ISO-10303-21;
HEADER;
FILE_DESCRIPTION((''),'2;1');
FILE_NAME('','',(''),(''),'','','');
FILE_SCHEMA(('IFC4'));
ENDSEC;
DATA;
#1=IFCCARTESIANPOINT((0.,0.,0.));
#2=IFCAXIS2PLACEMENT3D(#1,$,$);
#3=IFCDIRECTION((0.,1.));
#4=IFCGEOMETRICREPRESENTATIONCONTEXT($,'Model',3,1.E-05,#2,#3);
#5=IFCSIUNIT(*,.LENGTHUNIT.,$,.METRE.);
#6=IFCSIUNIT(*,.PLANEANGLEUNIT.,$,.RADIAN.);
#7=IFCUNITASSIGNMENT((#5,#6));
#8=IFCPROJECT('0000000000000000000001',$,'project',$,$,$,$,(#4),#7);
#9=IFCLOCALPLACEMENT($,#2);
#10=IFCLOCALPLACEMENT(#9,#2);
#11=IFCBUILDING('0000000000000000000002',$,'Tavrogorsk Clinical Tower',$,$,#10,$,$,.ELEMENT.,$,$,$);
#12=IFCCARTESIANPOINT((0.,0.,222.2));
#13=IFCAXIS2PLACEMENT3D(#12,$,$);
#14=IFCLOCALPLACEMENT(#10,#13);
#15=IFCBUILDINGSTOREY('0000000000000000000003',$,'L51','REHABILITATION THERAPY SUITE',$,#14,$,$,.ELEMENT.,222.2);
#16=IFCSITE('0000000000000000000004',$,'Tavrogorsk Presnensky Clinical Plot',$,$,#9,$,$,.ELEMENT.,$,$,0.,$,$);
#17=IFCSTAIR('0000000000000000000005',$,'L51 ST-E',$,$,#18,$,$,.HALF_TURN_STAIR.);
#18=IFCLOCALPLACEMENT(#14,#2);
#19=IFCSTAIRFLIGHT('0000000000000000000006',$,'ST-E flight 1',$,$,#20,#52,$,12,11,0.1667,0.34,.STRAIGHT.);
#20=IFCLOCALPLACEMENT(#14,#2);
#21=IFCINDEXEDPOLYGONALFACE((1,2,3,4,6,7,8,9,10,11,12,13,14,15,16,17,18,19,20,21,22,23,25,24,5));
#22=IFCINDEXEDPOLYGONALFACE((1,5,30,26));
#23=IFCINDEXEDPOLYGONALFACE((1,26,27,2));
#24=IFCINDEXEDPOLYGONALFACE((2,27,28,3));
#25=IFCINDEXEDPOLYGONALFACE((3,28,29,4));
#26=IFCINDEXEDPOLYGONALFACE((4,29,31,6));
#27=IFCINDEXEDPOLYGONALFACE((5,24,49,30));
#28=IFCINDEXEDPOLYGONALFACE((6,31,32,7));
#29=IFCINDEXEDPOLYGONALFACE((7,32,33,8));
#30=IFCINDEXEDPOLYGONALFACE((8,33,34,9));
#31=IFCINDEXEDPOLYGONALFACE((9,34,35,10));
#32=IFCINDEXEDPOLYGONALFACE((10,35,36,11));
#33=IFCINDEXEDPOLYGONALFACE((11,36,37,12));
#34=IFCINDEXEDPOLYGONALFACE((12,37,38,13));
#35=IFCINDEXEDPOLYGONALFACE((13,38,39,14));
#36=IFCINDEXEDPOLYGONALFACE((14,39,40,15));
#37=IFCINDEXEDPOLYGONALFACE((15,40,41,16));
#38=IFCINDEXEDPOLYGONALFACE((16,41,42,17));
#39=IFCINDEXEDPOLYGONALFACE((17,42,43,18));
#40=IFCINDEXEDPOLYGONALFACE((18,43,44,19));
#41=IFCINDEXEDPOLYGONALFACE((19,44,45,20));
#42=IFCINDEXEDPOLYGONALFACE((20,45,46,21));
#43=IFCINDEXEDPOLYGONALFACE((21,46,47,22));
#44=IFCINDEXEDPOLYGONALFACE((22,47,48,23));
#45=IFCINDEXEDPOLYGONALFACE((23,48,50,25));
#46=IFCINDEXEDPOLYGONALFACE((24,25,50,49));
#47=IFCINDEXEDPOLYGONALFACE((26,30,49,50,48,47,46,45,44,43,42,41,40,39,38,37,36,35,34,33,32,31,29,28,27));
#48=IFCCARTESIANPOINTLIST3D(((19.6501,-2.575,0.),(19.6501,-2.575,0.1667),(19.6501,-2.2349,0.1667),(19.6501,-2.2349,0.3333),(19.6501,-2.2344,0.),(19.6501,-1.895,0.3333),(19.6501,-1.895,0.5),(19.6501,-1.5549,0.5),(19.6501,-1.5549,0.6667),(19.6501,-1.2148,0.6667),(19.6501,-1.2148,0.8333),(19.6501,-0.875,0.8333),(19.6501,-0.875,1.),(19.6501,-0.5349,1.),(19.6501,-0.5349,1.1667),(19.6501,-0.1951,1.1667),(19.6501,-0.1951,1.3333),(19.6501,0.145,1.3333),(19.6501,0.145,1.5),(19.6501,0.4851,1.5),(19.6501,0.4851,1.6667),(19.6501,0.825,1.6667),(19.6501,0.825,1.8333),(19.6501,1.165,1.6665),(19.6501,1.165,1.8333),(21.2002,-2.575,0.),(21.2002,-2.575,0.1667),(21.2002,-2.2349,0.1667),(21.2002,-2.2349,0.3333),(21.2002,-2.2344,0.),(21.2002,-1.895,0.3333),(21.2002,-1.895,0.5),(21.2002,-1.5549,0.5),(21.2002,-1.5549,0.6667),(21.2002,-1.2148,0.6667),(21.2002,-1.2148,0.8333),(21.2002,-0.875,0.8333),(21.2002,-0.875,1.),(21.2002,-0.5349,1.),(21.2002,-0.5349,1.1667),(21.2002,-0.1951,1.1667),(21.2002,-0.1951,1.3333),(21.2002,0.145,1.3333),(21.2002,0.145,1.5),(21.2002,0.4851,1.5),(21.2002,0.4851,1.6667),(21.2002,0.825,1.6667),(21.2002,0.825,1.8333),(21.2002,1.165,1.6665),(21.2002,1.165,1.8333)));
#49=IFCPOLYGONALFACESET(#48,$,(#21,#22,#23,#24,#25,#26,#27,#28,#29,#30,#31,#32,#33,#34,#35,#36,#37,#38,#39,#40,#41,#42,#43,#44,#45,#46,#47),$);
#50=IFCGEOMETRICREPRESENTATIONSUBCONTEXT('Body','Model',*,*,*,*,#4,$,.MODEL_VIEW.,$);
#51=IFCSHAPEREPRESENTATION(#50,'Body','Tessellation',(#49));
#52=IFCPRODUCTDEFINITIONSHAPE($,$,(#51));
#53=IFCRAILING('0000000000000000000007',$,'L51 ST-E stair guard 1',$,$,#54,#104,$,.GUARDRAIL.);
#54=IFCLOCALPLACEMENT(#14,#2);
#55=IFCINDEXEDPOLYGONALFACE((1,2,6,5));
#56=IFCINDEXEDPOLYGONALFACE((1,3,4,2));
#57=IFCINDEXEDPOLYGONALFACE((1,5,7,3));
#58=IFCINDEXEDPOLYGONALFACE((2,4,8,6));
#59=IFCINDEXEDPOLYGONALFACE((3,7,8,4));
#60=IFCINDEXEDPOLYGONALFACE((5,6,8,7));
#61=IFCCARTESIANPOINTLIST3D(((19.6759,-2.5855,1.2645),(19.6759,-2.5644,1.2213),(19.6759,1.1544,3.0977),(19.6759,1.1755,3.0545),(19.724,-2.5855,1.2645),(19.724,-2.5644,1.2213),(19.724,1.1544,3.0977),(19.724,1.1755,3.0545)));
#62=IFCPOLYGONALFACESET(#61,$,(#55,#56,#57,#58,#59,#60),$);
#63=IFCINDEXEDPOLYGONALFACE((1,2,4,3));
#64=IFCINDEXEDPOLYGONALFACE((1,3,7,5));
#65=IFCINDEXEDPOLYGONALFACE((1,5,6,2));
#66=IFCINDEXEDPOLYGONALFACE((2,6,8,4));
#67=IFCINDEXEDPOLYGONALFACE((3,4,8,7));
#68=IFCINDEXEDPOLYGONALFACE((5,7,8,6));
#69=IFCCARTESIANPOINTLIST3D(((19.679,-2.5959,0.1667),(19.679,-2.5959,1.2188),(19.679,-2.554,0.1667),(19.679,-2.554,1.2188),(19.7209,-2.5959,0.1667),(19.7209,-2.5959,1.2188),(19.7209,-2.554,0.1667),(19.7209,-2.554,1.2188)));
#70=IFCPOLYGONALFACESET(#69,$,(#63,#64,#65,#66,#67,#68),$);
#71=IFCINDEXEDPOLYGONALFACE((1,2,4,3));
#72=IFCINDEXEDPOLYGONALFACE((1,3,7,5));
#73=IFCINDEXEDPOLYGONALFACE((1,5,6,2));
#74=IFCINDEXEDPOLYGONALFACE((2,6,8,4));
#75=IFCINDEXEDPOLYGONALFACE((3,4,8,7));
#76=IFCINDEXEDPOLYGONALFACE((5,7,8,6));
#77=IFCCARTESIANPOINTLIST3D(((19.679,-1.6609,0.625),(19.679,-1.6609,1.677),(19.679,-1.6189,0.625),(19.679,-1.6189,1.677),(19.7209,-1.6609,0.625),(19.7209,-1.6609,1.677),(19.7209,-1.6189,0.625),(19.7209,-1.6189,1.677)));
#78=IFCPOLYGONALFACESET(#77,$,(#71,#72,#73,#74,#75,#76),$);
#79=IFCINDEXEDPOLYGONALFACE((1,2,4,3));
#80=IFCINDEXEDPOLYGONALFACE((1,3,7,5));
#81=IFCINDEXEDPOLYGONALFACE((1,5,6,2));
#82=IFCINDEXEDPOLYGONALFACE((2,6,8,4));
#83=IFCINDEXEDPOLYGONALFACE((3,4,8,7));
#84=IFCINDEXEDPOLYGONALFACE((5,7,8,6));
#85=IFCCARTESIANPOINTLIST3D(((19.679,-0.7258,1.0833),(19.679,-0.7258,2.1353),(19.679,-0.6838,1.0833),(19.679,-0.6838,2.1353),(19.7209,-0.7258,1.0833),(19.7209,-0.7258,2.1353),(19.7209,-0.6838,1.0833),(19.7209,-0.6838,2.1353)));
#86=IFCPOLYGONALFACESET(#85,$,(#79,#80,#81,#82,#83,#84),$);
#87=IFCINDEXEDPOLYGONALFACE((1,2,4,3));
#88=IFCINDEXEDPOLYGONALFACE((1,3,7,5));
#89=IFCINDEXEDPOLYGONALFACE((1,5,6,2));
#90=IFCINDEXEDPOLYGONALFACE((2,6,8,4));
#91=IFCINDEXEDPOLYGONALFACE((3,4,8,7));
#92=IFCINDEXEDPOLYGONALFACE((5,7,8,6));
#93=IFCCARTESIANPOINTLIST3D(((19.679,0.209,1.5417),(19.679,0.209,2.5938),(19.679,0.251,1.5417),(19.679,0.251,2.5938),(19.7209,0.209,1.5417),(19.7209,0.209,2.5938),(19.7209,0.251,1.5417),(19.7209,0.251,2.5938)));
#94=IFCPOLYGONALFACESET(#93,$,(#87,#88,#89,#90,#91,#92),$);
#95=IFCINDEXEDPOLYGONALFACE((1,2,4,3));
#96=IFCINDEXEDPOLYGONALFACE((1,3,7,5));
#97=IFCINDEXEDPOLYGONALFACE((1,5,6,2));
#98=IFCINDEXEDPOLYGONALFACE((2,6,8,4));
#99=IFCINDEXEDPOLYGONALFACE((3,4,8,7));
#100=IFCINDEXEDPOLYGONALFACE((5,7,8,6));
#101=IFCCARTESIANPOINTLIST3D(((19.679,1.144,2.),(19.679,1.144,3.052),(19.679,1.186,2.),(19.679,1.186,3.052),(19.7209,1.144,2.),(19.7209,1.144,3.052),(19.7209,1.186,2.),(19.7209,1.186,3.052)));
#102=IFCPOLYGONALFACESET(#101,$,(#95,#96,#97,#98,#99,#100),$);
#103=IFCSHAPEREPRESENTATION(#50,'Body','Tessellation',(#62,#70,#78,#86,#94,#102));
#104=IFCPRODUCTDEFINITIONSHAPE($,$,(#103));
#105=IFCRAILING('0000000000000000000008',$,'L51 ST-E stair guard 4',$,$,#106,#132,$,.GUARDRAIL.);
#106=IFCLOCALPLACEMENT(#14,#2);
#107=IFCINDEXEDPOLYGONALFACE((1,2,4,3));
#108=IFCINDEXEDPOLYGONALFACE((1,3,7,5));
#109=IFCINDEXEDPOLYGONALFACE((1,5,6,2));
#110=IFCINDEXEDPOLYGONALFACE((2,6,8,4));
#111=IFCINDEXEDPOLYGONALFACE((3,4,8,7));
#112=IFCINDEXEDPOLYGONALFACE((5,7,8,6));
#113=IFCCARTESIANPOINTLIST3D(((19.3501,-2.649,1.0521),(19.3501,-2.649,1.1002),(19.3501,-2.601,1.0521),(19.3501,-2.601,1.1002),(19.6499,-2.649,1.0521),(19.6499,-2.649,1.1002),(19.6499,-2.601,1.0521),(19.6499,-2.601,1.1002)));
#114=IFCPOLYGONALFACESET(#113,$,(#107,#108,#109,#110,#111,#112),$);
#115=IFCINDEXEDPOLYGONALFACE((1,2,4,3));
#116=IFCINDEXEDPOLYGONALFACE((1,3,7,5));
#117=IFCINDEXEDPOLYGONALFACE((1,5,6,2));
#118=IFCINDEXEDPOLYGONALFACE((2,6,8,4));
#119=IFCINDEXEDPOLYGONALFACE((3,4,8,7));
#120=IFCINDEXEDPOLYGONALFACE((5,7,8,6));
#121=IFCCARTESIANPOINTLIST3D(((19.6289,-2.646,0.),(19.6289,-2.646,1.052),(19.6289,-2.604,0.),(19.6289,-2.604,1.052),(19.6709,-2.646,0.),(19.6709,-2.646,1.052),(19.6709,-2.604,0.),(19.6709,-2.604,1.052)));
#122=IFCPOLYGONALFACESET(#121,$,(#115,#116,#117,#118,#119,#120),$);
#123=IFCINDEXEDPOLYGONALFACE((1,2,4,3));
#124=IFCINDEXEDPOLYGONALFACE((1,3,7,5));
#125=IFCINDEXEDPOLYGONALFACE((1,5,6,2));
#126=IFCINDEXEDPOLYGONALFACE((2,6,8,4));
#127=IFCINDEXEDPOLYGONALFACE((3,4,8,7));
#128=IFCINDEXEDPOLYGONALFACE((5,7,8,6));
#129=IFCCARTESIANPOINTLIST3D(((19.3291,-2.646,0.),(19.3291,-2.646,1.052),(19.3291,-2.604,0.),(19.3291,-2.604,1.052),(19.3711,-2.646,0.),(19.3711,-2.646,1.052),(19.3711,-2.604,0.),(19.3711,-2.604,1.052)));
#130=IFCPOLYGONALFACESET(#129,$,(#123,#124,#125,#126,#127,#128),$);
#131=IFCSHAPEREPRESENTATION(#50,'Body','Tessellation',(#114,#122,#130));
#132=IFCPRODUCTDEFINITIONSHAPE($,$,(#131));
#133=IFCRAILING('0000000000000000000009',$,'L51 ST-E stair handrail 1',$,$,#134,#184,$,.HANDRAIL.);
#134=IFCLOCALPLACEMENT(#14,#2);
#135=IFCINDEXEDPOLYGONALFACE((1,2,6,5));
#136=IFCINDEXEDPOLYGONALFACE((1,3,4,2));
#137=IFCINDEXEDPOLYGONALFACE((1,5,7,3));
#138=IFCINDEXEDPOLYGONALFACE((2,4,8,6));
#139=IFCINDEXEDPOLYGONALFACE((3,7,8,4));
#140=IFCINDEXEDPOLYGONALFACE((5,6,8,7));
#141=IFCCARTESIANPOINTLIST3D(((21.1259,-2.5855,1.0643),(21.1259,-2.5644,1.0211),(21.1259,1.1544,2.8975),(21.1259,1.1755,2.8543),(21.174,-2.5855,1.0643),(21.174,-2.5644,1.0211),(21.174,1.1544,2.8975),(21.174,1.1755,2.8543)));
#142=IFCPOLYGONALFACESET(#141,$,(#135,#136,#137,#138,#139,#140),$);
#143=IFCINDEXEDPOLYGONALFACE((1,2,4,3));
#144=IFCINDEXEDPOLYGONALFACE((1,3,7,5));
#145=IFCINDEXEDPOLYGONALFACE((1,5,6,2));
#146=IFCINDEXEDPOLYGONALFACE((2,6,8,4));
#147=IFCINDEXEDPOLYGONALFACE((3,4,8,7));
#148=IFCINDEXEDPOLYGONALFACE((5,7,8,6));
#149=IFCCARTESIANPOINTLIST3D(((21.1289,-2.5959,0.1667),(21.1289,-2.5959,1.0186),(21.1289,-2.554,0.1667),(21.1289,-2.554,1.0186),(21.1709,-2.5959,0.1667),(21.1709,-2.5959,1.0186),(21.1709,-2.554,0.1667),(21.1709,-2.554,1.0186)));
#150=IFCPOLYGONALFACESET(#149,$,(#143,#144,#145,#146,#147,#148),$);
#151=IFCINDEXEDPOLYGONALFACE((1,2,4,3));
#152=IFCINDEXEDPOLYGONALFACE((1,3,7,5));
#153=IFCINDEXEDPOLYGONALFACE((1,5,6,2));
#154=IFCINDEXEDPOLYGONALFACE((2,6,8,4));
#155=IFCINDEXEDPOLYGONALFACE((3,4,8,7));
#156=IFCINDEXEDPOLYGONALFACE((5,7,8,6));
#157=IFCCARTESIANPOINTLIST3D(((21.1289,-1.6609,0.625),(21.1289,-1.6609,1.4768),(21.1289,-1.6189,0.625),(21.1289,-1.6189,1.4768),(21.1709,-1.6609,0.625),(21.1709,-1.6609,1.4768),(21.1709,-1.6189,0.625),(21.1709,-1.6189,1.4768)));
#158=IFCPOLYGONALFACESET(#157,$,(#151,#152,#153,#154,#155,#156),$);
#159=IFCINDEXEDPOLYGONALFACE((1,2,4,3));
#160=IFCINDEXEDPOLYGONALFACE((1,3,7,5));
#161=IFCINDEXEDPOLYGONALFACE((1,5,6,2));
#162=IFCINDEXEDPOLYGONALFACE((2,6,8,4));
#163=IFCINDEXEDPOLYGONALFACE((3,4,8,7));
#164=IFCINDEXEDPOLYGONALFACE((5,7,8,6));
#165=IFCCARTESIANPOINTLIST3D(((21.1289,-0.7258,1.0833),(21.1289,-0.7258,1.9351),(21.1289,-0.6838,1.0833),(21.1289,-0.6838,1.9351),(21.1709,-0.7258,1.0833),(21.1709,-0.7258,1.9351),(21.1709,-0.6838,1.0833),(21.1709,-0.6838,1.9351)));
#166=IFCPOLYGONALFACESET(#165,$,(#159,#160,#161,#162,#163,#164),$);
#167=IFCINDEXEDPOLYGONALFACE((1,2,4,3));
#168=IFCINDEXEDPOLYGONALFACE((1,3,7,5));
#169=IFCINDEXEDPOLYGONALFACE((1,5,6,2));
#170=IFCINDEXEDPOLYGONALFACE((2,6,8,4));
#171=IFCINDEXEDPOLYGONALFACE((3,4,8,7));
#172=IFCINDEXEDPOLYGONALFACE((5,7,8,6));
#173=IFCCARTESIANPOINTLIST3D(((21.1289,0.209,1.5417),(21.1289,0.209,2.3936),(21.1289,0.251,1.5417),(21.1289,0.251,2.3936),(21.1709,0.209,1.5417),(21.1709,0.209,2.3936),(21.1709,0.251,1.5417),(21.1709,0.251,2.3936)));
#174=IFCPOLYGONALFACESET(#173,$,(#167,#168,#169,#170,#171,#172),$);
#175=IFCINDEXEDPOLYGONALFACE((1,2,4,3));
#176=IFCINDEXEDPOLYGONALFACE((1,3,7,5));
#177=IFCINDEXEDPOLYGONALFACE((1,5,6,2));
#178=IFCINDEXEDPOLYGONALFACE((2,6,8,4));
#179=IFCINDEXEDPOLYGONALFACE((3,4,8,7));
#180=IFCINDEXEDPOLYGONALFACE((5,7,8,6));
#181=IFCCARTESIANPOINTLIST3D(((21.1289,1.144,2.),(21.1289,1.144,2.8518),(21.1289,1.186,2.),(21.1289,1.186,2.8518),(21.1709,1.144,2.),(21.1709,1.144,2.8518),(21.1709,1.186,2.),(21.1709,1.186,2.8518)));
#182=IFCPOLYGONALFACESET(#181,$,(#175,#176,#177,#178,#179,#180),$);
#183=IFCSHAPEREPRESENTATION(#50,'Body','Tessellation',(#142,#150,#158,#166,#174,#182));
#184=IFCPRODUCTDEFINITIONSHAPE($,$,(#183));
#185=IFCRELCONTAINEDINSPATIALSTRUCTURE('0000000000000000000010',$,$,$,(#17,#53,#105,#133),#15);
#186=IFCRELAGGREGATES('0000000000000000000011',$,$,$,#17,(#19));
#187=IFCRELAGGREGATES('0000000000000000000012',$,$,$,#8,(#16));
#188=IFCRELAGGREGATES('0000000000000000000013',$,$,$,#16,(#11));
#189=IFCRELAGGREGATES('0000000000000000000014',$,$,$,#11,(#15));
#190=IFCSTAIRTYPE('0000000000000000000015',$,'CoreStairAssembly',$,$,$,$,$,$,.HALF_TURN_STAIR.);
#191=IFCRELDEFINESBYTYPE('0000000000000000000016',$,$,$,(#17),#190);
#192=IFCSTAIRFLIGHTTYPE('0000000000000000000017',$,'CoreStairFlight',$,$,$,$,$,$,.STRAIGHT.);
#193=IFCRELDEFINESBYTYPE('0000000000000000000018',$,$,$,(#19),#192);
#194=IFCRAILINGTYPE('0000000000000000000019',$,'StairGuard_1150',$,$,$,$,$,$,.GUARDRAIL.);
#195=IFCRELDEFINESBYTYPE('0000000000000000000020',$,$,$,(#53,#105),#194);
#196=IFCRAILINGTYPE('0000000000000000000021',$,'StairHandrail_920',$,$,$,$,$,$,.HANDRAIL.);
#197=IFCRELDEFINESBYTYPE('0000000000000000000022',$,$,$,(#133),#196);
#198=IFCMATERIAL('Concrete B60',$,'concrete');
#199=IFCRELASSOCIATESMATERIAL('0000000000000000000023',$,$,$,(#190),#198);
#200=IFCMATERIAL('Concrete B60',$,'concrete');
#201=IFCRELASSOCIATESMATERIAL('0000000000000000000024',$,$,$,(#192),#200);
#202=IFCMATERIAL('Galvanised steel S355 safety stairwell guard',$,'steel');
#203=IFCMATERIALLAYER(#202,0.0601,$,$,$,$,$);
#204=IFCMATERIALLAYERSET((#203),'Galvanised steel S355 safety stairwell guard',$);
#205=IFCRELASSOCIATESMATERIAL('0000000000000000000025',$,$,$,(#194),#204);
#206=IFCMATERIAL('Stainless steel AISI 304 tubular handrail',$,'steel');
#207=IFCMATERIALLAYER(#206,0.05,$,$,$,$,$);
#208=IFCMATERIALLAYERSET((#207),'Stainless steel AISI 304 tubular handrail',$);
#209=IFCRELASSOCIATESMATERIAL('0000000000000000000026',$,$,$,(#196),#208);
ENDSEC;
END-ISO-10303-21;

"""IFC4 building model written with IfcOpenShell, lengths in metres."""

from ifc_helpers import new_model, si_unit, direction, frame, origin, origin_2d, place, context, subcontext, project, spatial, polyline, rectangle, outline, extrude, material, layer, layer_set, type_object, element, aggregate, save


model = new_model("IFC4")

# Units and contexts
model_context = context("Model", 3, precision=1e-05, world=origin(), true_north=direction((0.0, 1.0)))
body_context = subcontext(model_context, "Body", "Model", "MODEL_VIEW")
ifc_project = project(units=[si_unit("LENGTHUNIT", "METRE"), si_unit("PLANEANGLEUNIT", "RADIAN")], contexts=[model_context])

# Site, building, storey
site_placement = place(None, origin())
site = spatial("IfcSite", under=ifc_project, at=site_placement, Name="Tavrogorsk Presnensky Clinical Plot", CompositionType="ELEMENT", RefElevation=0.0)
building_placement = place(site_placement, origin())
building = spatial("IfcBuilding", under=site, at=building_placement, Name="Tavrogorsk Clinical Tower", CompositionType="ELEMENT")
storey_placement = place(building_placement, frame((0.0, 0.0, 222.2)))
storey = spatial("IfcBuildingStorey", under=building, at=storey_placement, Name="L51", Description="REHABILITATION THERAPY SUITE", CompositionType="ELEMENT", Elevation=222.2)

# Stair, stair flight
ifc_material_1 = material(Name="Concrete B60", Category="concrete")
stair_type = type_object("IfcStairType", Name="CoreStairAssembly", PredefinedType="HALF_TURN_STAIR", material=ifc_material_1)
stair_placement = place(storey_placement, origin())
stair = element("IfcStair", 1, at=stair_placement, inside=storey, type_object=stair_type, Name="L51 ST-E", PredefinedType="HALF_TURN_STAIR")
ifc_material_2 = material(Name="Concrete B60", Category="concrete")
stair_flight_type = type_object("IfcStairFlightType", Name="CoreStairFlight", PredefinedType="STRAIGHT", material=ifc_material_2)
stair_flight_placement = place(storey_placement, frame((20.425, -2.575, 0.0), z_axis=(0.0, 0.0, 1.0), x_axis=(0.0, 1.0, 0.0)))
stair_flight = element("IfcStairFlight", 2, at=stair_flight_placement, type_object=stair_flight_type, Name="ST-E flight 1", NumberOfRisers=12, NumberOfTreads=11, PredefinedType="STRAIGHT", RiserHeight=0.1667, TreadLength=0.34, context=body_context, shape_type="SweptSolid", body=[
    extrude(outline(polyline([(0.0, 0.0), (0.0, 0.1667), (0.3401, 0.1667), (0.3401, 0.3333), (0.6799, 0.3333), (0.6799, 0.5), (1.02, 0.5), (1.02, 0.6667), (1.3601, 0.6667), (1.3601, 0.8333), (1.7, 0.8333), (1.7, 1.0), (2.04, 1.0), (2.04, 1.1667), (2.3799, 1.1667), (2.3799, 1.3333), (2.72, 1.3333), (2.72, 1.5), (3.0601, 1.5), (3.0601, 1.6667), (3.3999, 1.6667), (3.3999, 1.8333), (3.74, 1.8333), (3.74, 2.0), (3.74, 1.6665), (0.3406, 0.0), (0.0, 0.0)])), frame((0.0, 0.7749, 0.0), z_axis=(0.0, -1.0, 0.0), x_axis=(1.0, 0.0, 0.0)), (0.0, 0.0, 1.0), 1.55),
])
aggregate(stair, [stair_flight])

# Railings
ifc_material_3 = material(Name="Galvanised steel S355 safety stairwell guard", Category="steel")
ifc_layer_1 = layer(ifc_material_3, 0.0601)
ifc_layer_set_1 = layer_set([ifc_layer_1], Name="Galvanised steel S355 safety stairwell guard")
railing_type_1 = type_object("IfcRailingType", Name="StairGuard_1150", PredefinedType="GUARDRAIL", material=ifc_layer_set_1)
railing_1_placement = place(storey_placement, frame((19.7, -2.575, 0.1667)))
element("IfcRailing", 3, at=railing_1_placement, inside=storey, type_object=railing_type_1, Name="L51 ST-E stair guard 1", PredefinedType="GUARDRAIL", context=body_context, shape_type="SweptSolid", body=[
    extrude(rectangle(XDim=0.0481, YDim=0.0481, at=origin_2d()), frame((0.0, 0.0, 1.0762), z_axis=(0.0, 0.897928, 0.440142), x_axis=(-1.0, 0.0, 0.0)), (0.0, 0.0, 1.0), 4.165),
    extrude(rectangle(XDim=0.042, YDim=0.042, at=origin_2d()), origin(), (0.0, 0.0, 1.0), 1.052),
    extrude(rectangle(XDim=0.042, YDim=0.042, at=origin_2d()), frame((0.0, 0.9351, 0.4583)), (0.0, 0.0, 1.0), 1.052),
    extrude(rectangle(XDim=0.042, YDim=0.042, at=origin_2d()), frame((0.0, 1.8701, 0.9165)), (0.0, 0.0, 1.0), 1.052),
    extrude(rectangle(XDim=0.042, YDim=0.042, at=origin_2d()), frame((0.0, 2.8049, 1.375)), (0.0, 0.0, 1.0), 1.052),
    extrude(rectangle(XDim=0.042, YDim=0.042, at=origin_2d()), frame((0.0, 3.74, 1.8333)), (0.0, 0.0, 1.0), 1.052),
])
railing_2_placement = place(storey_placement, frame((19.6499, -2.625, 0.0)))
element("IfcRailing", 4, at=railing_2_placement, inside=storey, type_object=railing_type_1, Name="L51 ST-E stair guard 4", PredefinedType="GUARDRAIL", context=body_context, shape_type="SweptSolid", body=[
    extrude(rectangle(XDim=0.0481, YDim=0.0481, at=origin_2d()), frame((0.0, 0.0, 1.0762), z_axis=(-1.0, 0.0, 0.0), x_axis=(0.0, -1.0, 0.0)), (0.0, 0.0, 1.0), 0.2998),
    extrude(rectangle(XDim=0.042, YDim=0.042, at=origin_2d()), origin(), (0.0, 0.0, 1.0), 1.052),
    extrude(rectangle(XDim=0.042, YDim=0.042, at=origin_2d()), frame((-0.2998, 0.0, 0.0)), (0.0, 0.0, 1.0), 1.052),
])
ifc_material_4 = material(Name="Stainless steel AISI 304 tubular handrail", Category="steel")
ifc_layer_2 = layer(ifc_material_4, 0.05)
ifc_layer_set_2 = layer_set([ifc_layer_2], Name="Stainless steel AISI 304 tubular handrail")
railing_type_2 = type_object("IfcRailingType", Name="StairHandrail_920", PredefinedType="HANDRAIL", material=ifc_layer_set_2)
railing_3_placement = place(storey_placement, frame((21.1499, -2.575, 0.1667)))
element("IfcRailing", 5, at=railing_3_placement, inside=storey, type_object=railing_type_2, Name="L51 ST-E stair handrail 1", PredefinedType="HANDRAIL", context=body_context, shape_type="SweptSolid", body=[
    extrude(rectangle(XDim=0.0481, YDim=0.0481, at=origin_2d()), frame((0.0, 0.0, 0.876), z_axis=(0.0, 0.897928, 0.440142), x_axis=(-1.0, 0.0, 0.0)), (0.0, 0.0, 1.0), 4.165),
    extrude(rectangle(XDim=0.042, YDim=0.042, at=origin_2d()), origin(), (0.0, 0.0, 1.0), 0.8518),
    extrude(rectangle(XDim=0.042, YDim=0.042, at=origin_2d()), frame((0.0, 0.9351, 0.4583)), (0.0, 0.0, 1.0), 0.8518),
    extrude(rectangle(XDim=0.042, YDim=0.042, at=origin_2d()), frame((0.0, 1.8701, 0.9165)), (0.0, 0.0, 1.0), 0.8518),
    extrude(rectangle(XDim=0.042, YDim=0.042, at=origin_2d()), frame((0.0, 2.8049, 1.375)), (0.0, 0.0, 1.0), 0.8518),
    extrude(rectangle(XDim=0.042, YDim=0.042, at=origin_2d()), frame((0.0, 3.74, 1.8333)), (0.0, 0.0, 1.0), 0.8518),
])

save(model, "model.ifc")
